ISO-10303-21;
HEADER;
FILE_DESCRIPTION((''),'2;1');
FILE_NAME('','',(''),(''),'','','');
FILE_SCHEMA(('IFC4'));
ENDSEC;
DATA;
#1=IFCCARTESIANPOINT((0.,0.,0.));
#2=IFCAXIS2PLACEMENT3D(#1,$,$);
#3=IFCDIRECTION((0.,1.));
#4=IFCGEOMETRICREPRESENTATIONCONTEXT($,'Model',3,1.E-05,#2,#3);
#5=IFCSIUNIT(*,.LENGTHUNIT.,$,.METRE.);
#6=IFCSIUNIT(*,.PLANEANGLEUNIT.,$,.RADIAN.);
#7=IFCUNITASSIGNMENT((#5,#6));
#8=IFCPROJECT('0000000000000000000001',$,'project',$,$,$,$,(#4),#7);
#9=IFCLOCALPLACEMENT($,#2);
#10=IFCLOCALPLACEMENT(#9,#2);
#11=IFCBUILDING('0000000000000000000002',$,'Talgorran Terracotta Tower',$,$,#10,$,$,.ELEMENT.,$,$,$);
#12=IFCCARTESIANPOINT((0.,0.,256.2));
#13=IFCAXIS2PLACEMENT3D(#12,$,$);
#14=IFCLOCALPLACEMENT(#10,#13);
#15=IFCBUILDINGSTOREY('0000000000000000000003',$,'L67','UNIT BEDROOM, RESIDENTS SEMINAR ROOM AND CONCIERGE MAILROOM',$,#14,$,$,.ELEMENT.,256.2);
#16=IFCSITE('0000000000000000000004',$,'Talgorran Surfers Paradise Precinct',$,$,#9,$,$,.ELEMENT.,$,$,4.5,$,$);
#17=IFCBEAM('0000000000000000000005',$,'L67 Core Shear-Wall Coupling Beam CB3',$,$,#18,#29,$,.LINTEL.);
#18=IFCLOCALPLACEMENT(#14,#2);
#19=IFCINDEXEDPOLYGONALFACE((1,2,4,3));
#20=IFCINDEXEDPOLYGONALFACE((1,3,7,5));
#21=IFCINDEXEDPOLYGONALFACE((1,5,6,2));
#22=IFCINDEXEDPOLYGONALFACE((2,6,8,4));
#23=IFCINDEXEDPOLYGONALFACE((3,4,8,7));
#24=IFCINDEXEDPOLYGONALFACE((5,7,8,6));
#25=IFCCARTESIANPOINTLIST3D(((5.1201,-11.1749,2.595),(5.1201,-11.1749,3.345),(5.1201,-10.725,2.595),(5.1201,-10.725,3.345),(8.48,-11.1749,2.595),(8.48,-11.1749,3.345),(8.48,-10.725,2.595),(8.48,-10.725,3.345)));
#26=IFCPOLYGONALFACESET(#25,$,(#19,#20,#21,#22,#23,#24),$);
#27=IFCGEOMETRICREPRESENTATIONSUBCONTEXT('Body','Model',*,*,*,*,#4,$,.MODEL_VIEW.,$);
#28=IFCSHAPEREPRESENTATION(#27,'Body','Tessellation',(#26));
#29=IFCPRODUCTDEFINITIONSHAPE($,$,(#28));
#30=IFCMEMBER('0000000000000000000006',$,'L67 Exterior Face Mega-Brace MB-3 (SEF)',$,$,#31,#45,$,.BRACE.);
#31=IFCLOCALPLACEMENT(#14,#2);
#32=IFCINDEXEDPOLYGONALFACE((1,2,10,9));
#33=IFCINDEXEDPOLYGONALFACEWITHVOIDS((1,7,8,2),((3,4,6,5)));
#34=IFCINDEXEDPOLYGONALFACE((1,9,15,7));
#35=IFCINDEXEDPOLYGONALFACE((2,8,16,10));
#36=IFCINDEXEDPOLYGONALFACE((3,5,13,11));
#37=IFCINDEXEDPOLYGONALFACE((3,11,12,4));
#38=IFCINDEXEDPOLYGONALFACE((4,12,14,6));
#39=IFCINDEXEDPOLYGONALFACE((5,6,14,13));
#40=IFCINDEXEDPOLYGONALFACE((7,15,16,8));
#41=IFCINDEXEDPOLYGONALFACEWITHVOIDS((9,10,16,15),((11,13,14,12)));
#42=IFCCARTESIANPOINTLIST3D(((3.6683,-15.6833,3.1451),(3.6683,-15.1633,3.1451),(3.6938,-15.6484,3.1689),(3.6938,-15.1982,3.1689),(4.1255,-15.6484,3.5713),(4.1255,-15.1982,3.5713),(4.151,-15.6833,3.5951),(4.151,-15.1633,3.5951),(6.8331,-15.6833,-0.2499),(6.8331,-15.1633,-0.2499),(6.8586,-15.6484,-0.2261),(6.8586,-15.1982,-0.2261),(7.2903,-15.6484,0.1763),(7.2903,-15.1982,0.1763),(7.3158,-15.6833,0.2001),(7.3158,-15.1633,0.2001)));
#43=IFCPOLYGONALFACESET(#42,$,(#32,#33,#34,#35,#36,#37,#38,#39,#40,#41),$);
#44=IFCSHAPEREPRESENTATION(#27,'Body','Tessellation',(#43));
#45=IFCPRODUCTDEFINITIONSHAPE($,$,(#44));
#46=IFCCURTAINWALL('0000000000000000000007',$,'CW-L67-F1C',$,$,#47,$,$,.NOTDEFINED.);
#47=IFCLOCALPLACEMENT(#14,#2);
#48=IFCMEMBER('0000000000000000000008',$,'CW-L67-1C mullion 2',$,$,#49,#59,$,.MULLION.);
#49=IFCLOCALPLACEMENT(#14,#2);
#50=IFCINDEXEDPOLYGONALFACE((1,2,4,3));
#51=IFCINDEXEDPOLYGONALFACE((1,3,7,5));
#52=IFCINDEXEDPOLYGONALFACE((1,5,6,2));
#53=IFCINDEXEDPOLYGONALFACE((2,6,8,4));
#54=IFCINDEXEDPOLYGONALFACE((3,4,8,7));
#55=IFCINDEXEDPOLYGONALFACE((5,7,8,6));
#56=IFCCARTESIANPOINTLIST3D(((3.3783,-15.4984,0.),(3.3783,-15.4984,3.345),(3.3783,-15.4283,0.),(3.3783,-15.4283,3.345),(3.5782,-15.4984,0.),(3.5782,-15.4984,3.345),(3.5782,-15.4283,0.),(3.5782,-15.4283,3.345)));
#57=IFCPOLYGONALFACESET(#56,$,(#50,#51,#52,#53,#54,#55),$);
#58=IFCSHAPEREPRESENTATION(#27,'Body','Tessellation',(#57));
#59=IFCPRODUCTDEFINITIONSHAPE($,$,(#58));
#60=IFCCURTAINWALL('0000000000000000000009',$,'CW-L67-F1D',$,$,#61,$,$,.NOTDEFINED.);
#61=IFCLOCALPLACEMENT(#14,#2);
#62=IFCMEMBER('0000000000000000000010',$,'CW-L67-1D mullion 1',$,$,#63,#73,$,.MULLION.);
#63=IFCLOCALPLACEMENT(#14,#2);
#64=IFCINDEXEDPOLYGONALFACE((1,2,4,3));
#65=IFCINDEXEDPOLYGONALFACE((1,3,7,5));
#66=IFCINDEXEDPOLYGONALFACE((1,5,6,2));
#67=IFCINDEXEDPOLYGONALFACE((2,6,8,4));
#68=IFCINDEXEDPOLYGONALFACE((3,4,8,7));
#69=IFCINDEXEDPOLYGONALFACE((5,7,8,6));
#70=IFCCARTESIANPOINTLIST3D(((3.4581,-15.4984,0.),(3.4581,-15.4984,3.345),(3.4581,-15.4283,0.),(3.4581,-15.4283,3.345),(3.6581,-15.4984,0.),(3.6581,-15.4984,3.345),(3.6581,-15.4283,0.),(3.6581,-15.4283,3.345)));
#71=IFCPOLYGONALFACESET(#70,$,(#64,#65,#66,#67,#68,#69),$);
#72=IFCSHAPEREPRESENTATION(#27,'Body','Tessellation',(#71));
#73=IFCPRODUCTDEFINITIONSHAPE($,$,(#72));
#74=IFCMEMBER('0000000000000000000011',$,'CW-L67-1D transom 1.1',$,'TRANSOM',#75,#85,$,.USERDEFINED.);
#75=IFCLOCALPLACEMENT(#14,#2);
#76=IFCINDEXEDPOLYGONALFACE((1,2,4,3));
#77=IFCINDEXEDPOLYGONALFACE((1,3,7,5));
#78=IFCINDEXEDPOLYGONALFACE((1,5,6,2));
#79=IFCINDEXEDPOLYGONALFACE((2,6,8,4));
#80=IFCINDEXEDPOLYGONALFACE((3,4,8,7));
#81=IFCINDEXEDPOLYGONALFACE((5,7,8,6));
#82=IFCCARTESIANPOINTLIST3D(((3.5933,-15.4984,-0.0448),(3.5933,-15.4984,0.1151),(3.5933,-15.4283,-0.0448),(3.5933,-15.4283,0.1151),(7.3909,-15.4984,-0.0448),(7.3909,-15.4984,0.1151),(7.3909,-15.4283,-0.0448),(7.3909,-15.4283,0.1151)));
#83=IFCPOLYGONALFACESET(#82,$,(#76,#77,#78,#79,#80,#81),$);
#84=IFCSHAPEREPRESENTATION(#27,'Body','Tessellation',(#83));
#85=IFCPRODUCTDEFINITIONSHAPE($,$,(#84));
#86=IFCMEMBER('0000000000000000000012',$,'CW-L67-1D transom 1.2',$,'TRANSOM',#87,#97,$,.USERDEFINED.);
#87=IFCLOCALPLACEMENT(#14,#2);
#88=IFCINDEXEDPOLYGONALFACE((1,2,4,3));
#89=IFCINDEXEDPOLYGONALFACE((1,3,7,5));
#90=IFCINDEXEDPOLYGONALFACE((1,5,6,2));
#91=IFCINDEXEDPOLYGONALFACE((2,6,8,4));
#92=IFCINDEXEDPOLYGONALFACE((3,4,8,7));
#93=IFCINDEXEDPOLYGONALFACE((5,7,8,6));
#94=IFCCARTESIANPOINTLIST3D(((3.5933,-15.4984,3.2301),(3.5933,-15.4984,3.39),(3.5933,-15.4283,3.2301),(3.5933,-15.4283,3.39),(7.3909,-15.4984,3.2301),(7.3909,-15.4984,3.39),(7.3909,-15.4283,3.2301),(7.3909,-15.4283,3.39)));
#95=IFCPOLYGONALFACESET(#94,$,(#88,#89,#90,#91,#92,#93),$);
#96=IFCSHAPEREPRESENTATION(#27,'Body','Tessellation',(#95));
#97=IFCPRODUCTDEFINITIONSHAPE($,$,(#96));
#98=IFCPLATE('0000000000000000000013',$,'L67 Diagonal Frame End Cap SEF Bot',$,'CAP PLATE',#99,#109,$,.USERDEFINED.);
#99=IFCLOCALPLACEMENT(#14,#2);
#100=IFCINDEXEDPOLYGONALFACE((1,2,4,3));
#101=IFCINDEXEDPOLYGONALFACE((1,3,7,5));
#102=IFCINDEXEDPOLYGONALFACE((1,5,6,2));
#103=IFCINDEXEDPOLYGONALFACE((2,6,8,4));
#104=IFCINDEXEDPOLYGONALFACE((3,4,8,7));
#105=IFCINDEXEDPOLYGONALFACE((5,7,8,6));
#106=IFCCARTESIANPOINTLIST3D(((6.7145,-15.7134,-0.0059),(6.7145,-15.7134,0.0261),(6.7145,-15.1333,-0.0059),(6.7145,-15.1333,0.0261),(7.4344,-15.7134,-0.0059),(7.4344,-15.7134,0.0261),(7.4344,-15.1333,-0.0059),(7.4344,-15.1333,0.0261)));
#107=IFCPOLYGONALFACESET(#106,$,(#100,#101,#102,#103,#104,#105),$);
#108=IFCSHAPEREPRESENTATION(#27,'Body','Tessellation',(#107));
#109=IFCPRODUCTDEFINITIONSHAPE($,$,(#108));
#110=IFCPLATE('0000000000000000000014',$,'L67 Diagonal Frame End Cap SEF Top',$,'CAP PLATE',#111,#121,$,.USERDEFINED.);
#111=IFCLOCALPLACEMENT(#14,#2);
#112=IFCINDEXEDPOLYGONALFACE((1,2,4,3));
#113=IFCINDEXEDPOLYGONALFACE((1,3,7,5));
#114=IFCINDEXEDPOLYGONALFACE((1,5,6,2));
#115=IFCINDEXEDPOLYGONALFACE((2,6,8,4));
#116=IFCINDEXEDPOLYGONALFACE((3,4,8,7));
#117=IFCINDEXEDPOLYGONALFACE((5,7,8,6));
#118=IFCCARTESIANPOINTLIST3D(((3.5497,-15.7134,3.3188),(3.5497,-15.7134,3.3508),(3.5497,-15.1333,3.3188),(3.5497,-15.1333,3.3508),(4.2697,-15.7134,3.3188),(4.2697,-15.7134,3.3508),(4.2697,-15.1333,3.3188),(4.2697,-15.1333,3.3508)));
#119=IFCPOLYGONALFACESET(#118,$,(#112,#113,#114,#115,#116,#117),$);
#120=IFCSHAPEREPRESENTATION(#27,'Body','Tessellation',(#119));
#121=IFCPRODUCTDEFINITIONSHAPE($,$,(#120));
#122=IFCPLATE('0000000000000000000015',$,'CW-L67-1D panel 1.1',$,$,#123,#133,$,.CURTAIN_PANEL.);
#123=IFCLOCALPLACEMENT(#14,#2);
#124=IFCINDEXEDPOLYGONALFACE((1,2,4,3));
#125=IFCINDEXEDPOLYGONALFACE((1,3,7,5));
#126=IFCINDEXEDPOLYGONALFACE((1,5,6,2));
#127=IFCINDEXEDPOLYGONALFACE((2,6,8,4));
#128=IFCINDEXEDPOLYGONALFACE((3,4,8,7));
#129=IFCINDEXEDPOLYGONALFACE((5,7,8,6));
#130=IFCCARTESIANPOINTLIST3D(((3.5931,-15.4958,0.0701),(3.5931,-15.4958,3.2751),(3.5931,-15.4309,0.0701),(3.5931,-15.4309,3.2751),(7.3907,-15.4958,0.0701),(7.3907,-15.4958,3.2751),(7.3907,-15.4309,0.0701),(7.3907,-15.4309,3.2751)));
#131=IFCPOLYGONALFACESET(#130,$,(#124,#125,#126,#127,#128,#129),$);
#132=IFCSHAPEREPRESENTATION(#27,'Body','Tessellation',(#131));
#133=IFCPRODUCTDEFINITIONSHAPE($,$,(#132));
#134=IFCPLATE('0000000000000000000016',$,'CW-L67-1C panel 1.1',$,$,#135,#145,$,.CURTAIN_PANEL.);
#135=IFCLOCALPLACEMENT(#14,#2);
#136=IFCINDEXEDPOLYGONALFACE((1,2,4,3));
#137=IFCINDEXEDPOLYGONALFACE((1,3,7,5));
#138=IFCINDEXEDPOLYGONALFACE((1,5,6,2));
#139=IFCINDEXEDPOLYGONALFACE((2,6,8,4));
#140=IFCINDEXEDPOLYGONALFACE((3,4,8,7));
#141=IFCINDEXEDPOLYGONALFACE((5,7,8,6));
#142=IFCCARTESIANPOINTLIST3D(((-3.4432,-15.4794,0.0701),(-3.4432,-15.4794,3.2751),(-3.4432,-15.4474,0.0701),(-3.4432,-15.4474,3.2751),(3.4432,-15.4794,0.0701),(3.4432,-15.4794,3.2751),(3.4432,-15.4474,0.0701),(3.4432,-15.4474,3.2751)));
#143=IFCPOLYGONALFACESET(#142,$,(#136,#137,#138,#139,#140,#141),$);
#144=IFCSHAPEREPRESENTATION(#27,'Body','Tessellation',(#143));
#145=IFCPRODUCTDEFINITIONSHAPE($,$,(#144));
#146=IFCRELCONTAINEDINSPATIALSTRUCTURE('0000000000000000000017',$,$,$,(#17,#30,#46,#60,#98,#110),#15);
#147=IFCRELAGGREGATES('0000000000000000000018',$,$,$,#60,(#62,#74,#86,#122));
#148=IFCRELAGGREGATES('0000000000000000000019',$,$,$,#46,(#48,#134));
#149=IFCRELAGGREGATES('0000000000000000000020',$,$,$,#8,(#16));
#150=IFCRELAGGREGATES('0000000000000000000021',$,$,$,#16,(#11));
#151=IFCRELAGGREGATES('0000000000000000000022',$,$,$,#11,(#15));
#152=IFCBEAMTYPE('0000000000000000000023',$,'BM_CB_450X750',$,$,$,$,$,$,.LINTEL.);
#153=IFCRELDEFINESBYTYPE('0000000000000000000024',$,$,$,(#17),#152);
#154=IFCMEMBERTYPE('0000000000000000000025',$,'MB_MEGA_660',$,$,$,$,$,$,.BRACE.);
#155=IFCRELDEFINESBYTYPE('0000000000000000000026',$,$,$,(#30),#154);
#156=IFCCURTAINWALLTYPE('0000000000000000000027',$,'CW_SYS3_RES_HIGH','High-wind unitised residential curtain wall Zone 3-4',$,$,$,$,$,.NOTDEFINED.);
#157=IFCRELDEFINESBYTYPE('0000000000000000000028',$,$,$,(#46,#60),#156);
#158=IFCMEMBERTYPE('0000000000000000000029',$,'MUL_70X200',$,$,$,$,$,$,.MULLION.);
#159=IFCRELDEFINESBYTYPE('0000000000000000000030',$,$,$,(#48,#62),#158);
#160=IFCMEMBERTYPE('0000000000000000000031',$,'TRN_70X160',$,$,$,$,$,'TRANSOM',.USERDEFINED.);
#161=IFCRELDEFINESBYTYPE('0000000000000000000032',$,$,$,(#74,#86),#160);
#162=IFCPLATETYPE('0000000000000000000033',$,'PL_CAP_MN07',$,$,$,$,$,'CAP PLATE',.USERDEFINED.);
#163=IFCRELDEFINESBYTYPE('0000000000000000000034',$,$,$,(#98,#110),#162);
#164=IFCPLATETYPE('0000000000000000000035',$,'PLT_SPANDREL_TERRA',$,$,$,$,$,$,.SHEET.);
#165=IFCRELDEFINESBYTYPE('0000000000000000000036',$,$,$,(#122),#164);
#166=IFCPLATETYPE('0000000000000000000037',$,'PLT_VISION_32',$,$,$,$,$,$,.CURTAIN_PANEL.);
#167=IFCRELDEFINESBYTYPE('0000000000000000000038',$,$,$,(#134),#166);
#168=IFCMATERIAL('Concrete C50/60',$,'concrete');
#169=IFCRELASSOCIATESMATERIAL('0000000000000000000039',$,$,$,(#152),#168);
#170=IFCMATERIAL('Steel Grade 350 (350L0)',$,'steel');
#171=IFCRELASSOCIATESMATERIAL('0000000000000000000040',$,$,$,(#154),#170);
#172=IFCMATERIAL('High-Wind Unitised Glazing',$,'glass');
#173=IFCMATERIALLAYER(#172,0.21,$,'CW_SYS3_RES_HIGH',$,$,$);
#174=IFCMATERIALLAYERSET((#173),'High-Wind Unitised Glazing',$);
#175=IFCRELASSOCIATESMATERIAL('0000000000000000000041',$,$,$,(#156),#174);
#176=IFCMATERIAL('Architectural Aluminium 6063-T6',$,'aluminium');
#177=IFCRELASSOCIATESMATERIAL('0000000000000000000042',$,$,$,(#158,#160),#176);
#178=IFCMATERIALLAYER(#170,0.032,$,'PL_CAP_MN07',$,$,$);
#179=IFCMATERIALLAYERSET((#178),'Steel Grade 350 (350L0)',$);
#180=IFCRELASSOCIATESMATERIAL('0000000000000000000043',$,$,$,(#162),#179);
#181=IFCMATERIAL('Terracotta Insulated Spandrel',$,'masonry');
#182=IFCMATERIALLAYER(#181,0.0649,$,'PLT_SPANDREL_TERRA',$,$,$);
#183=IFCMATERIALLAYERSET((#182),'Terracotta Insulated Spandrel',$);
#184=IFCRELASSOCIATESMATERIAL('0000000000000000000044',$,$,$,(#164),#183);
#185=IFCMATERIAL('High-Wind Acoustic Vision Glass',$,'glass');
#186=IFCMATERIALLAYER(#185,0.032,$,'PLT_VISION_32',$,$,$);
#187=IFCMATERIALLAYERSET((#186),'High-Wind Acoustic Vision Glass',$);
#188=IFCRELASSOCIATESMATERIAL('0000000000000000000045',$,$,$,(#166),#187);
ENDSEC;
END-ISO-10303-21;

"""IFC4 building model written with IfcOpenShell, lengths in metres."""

from ifc_helpers import new_model, si_unit, direction, frame, origin, origin_2d, place, context, subcontext, project, spatial, rectangle, hollow_rectangle, extrude, source, transform, mapped, material, layer, layer_set, material_profile, profile_set, type_object, type_shapes, element, aggregate, save


model = new_model("IFC4")

# Units and contexts
model_context = context("Model", 3, precision=1e-05, world=origin(), true_north=direction((0.0, 1.0)))
body_context = subcontext(model_context, "Body", "Model", "MODEL_VIEW")
ifc_project = project(units=[si_unit("LENGTHUNIT", "METRE"), si_unit("PLANEANGLEUNIT", "RADIAN")], contexts=[model_context])

# Site, building, storey
site_placement = place(None, origin())
site = spatial("IfcSite", under=ifc_project, at=site_placement, Name="Talgorran Surfers Paradise Precinct", CompositionType="ELEMENT", RefElevation=4.5)
building_placement = place(site_placement, origin())
building = spatial("IfcBuilding", under=site, at=building_placement, Name="Talgorran Terracotta Tower", CompositionType="ELEMENT")
storey_placement = place(building_placement, frame((0.0, 0.0, 256.2)))
storey = spatial("IfcBuildingStorey", under=building, at=storey_placement, Name="L67", Description="UNIT BEDROOM, RESIDENTS SEMINAR ROOM AND CONCIERGE MAILROOM", CompositionType="ELEMENT", Elevation=256.2)

# Beam
ifc_material_1 = material(Name="Concrete C50/60", Category="concrete")
ifc_material_profile_1 = material_profile(ifc_material_1, rectangle(XDim=0.45, YDim=0.75, at=origin_2d()), Name="RCCB450X750")
ifc_profile_set_1 = profile_set([ifc_material_profile_1], Name="Concrete C50/60")
beam_type = type_object("IfcBeamType", Name="BM_CB_450X750", PredefinedType="LINTEL", material=ifc_profile_set_1)
beam_placement = place(storey_placement, frame((5.1201, -10.95, 2.97), z_axis=(1.0, 0.0, 0.0), x_axis=(0.0, 1.0, 0.0)))
element("IfcBeam", 1, at=beam_placement, inside=storey, type_object=beam_type, Name="L67 Core Shear-Wall Coupling Beam CB3", PredefinedType="LINTEL", context=body_context, shape_type="SweptSolid", body=[
    extrude(rectangle(XDim=0.45, YDim=0.75, at=origin_2d()), origin(), (0.0, 0.0, 1.0), 3.3599),
])

# Member
ifc_material_2 = material(Name="Steel Grade 350 (350L0)", Category="steel")
ifc_material_profile_2 = material_profile(ifc_material_2, hollow_rectangle(XDim=0.52, YDim=0.6599, WallThickness=0.0349, at=origin_2d()), Name="WBOX660X520X35")
ifc_profile_set_2 = profile_set([ifc_material_profile_2], Name="Steel Grade 350 (350L0)")
member_type_1 = type_object("IfcMemberType", Name="MB_MEGA_660", PredefinedType="BRACE", material=ifc_profile_set_2)
member_1_placement = place(storey_placement, frame((7.0745, -15.4233, -0.0249), z_axis=(-0.68187, 0.0, 0.731473), x_axis=(0.0, -1.0, 0.0)))
element("IfcMember", 2, at=member_1_placement, inside=storey, type_object=member_type_1, Name="L67 Exterior Face Mega-Brace MB-3 (SEF)", PredefinedType="BRACE", context=body_context, shape_type="SweptSolid", body=[
    extrude(hollow_rectangle(XDim=0.52, YDim=0.6599, WallThickness=0.0349, at=origin_2d()), origin(), (0.0, 0.0, 1.0), 4.6414),
])

# Curtain wall, member
ifc_material_3 = material(Name="High-Wind Unitised Glazing", Category="glass")
ifc_layer_1 = layer(ifc_material_3, 0.21, Name="CW_SYS3_RES_HIGH")
ifc_layer_set_1 = layer_set([ifc_layer_1], Name="High-Wind Unitised Glazing")
curtain_wall_type = type_object("IfcCurtainWallType", Name="CW_SYS3_RES_HIGH", Description="High-wind unitised residential curtain wall Zone 3-4", PredefinedType="NOTDEFINED", material=ifc_layer_set_1)
curtain_wall_1_placement = place(storey_placement, origin())
curtain_wall_1 = element("IfcCurtainWall", 3, at=curtain_wall_1_placement, inside=storey, type_object=curtain_wall_type, Name="CW-L67-F1C", PredefinedType="NOTDEFINED")
ifc_material_4 = material(Name="Architectural Aluminium 6063-T6", Category="aluminium")
ifc_material_profile_3 = material_profile(ifc_material_4, rectangle(XDim=0.0701, YDim=0.2, at=origin_2d()), Name="CWM70X200")
ifc_profile_set_3 = profile_set([ifc_material_profile_3], Name="Architectural Aluminium 6063-T6")
member_type_2 = type_object("IfcMemberType", Name="MUL_70X200", PredefinedType="MULLION", material=ifc_profile_set_3)
member_2_placement = place(storey_placement, frame((3.4783, -15.4634, 0.0), z_axis=(0.0, 0.0, 1.0), x_axis=(0.0, 1.0, 0.0)))
member_2 = element("IfcMember", 4, at=member_2_placement, type_object=member_type_2, Name="CW-L67-1C mullion 2", PredefinedType="MULLION", context=body_context, shape_type="SweptSolid", body=[
    extrude(rectangle(XDim=0.0701, YDim=0.2, at=origin_2d()), origin(), (0.0, 0.0, 1.0), 3.345),
])

# Curtain wall, members
curtain_wall_2_placement = place(storey_placement, origin())
curtain_wall_2 = element("IfcCurtainWall", 5, at=curtain_wall_2_placement, inside=storey, type_object=curtain_wall_type, Name="CW-L67-F1D", PredefinedType="NOTDEFINED")
member_3_placement = place(storey_placement, frame((3.5581, -15.4634, 0.0), z_axis=(0.0, 0.0, 1.0), x_axis=(0.0, 1.0, 0.0)))
member_3 = element("IfcMember", 6, at=member_3_placement, type_object=member_type_2, Name="CW-L67-1D mullion 1", PredefinedType="MULLION", context=body_context, shape_type="SweptSolid", body=[
    extrude(rectangle(XDim=0.0701, YDim=0.2, at=origin_2d()), origin(), (0.0, 0.0, 1.0), 3.345),
])
ifc_material_profile_4 = material_profile(ifc_material_4, rectangle(XDim=0.0701, YDim=0.1599, at=origin_2d()), Name="CWT70X160")
ifc_profile_set_4 = profile_set([ifc_material_profile_4], Name="Architectural Aluminium 6063-T6")
member_type_3 = type_object("IfcMemberType", Name="TRN_70X160", ElementType="TRANSOM", PredefinedType="USERDEFINED", material=ifc_profile_set_4)
member_4_placement = place(storey_placement, frame((3.5933, -15.4634, 0.0352), z_axis=(1.0, 0.0, 0.0), x_axis=(0.0, 1.0, 0.0)))
member_4 = element("IfcMember", 7, at=member_4_placement, type_object=member_type_3, Name="CW-L67-1D transom 1.1", ObjectType="TRANSOM", PredefinedType="USERDEFINED", context=body_context, shape_type="SweptSolid", body=[
    extrude(rectangle(XDim=0.0701, YDim=0.1599, at=origin_2d()), origin(), (0.0, 0.0, 1.0), 3.7976),
])
member_5_placement = place(storey_placement, frame((3.5933, -15.4634, 3.3101), z_axis=(1.0, 0.0, 0.0), x_axis=(0.0, 1.0, 0.0)))
member_5 = element("IfcMember", 8, at=member_5_placement, type_object=member_type_3, Name="CW-L67-1D transom 1.2", ObjectType="TRANSOM", PredefinedType="USERDEFINED", context=body_context, shape_type="SweptSolid", body=[
    extrude(rectangle(XDim=0.0701, YDim=0.1599, at=origin_2d()), origin(), (0.0, 0.0, 1.0), 3.7976),
])

# Plates
ifc_layer_2 = layer(ifc_material_2, 0.032, Name="PL_CAP_MN07")
ifc_layer_set_2 = layer_set([ifc_layer_2], Name="Steel Grade 350 (350L0)")
plate_type_1 = type_object("IfcPlateType", Name="PL_CAP_MN07", ElementType="CAP PLATE", PredefinedType="USERDEFINED", material=ifc_layer_set_2)
for number, where, z_axis, x_axis, name in (
    (9, (7.0745, -15.4233, -0.0059), (0.0, 0.0, 1.0), (-1.0, 0.0, 0.0), "L67 Diagonal Frame End Cap SEF Bot"),
    (10, (3.9097, -15.4233, 3.3188), (0.0, 0.0, 1.0), (-1.0, 0.0, 0.0), "L67 Diagonal Frame End Cap SEF Top"),
):
    element("IfcPlate", number, at=place(storey_placement, frame(where, z_axis=z_axis, x_axis=x_axis)), inside=storey, type_object=plate_type_1, Name=name, ObjectType="CAP PLATE", PredefinedType="USERDEFINED", context=body_context, shape_type="SweptSolid", body=[
        extrude(rectangle(XDim=0.72, YDim=0.5801, at=origin_2d()), origin(), (0.0, 0.0, 1.0), 0.032),
    ])

# Plates
ifc_material_5 = material(Name="Terracotta Insulated Spandrel", Category="masonry")
ifc_layer_3 = layer(ifc_material_5, 0.0649, Name="PLT_SPANDREL_TERRA")
ifc_layer_set_3 = layer_set([ifc_layer_3], Name="Terracotta Insulated Spandrel")
plate_type_2 = type_object("IfcPlateType", Name="PLT_SPANDREL_TERRA", PredefinedType="SHEET", material=ifc_layer_set_3)
shared_shape_1 = source(origin(), body_context, "Body", "SweptSolid", [
    extrude(rectangle(XDim=3.7976, YDim=0.0649, at=origin_2d()), origin(), (0.0, 0.0, 1.0), 3.2051),
])
type_shapes(plate_type_2, [shared_shape_1])
plate_1_placement = place(storey_placement, frame((5.4919, -15.4634, 0.0701), z_axis=(0.0, 0.0, 1.0), x_axis=(1.0, 0.0, 0.0)))
plate_1 = element("IfcPlate", 11, at=plate_1_placement, type_object=plate_type_2, Name="CW-L67-1D panel 1.1", PredefinedType="CURTAIN_PANEL", context=body_context, shape_type="MappedRepresentation", body=[
    mapped(shared_shape_1, transform((0.0, 0.0, 0.0), scale=1.0)),
])
aggregate(curtain_wall_2, [member_3, member_4, member_5, plate_1])
ifc_material_6 = material(Name="High-Wind Acoustic Vision Glass", Category="glass")
ifc_layer_4 = layer(ifc_material_6, 0.032, Name="PLT_VISION_32")
ifc_layer_set_4 = layer_set([ifc_layer_4], Name="High-Wind Acoustic Vision Glass")
plate_type_3 = type_object("IfcPlateType", Name="PLT_VISION_32", PredefinedType="CURTAIN_PANEL", material=ifc_layer_set_4)
shared_shape_2 = source(origin(), body_context, "Body", "SweptSolid", [
    extrude(rectangle(XDim=6.8865, YDim=0.032, at=origin_2d()), origin(), (0.0, 0.0, 1.0), 3.2051),
])
type_shapes(plate_type_3, [shared_shape_2])
plate_2_placement = place(storey_placement, frame((0.0, -15.4634, 0.0701), z_axis=(0.0, 0.0, 1.0), x_axis=(1.0, 0.0, 0.0)))
plate_2 = element("IfcPlate", 12, at=plate_2_placement, type_object=plate_type_3, Name="CW-L67-1C panel 1.1", PredefinedType="CURTAIN_PANEL", context=body_context, shape_type="MappedRepresentation", body=[
    mapped(shared_shape_2, transform((0.0, 0.0, 0.0), scale=1.0)),
])
aggregate(curtain_wall_1, [member_2, plate_2])

save(model, "model.ifc")
